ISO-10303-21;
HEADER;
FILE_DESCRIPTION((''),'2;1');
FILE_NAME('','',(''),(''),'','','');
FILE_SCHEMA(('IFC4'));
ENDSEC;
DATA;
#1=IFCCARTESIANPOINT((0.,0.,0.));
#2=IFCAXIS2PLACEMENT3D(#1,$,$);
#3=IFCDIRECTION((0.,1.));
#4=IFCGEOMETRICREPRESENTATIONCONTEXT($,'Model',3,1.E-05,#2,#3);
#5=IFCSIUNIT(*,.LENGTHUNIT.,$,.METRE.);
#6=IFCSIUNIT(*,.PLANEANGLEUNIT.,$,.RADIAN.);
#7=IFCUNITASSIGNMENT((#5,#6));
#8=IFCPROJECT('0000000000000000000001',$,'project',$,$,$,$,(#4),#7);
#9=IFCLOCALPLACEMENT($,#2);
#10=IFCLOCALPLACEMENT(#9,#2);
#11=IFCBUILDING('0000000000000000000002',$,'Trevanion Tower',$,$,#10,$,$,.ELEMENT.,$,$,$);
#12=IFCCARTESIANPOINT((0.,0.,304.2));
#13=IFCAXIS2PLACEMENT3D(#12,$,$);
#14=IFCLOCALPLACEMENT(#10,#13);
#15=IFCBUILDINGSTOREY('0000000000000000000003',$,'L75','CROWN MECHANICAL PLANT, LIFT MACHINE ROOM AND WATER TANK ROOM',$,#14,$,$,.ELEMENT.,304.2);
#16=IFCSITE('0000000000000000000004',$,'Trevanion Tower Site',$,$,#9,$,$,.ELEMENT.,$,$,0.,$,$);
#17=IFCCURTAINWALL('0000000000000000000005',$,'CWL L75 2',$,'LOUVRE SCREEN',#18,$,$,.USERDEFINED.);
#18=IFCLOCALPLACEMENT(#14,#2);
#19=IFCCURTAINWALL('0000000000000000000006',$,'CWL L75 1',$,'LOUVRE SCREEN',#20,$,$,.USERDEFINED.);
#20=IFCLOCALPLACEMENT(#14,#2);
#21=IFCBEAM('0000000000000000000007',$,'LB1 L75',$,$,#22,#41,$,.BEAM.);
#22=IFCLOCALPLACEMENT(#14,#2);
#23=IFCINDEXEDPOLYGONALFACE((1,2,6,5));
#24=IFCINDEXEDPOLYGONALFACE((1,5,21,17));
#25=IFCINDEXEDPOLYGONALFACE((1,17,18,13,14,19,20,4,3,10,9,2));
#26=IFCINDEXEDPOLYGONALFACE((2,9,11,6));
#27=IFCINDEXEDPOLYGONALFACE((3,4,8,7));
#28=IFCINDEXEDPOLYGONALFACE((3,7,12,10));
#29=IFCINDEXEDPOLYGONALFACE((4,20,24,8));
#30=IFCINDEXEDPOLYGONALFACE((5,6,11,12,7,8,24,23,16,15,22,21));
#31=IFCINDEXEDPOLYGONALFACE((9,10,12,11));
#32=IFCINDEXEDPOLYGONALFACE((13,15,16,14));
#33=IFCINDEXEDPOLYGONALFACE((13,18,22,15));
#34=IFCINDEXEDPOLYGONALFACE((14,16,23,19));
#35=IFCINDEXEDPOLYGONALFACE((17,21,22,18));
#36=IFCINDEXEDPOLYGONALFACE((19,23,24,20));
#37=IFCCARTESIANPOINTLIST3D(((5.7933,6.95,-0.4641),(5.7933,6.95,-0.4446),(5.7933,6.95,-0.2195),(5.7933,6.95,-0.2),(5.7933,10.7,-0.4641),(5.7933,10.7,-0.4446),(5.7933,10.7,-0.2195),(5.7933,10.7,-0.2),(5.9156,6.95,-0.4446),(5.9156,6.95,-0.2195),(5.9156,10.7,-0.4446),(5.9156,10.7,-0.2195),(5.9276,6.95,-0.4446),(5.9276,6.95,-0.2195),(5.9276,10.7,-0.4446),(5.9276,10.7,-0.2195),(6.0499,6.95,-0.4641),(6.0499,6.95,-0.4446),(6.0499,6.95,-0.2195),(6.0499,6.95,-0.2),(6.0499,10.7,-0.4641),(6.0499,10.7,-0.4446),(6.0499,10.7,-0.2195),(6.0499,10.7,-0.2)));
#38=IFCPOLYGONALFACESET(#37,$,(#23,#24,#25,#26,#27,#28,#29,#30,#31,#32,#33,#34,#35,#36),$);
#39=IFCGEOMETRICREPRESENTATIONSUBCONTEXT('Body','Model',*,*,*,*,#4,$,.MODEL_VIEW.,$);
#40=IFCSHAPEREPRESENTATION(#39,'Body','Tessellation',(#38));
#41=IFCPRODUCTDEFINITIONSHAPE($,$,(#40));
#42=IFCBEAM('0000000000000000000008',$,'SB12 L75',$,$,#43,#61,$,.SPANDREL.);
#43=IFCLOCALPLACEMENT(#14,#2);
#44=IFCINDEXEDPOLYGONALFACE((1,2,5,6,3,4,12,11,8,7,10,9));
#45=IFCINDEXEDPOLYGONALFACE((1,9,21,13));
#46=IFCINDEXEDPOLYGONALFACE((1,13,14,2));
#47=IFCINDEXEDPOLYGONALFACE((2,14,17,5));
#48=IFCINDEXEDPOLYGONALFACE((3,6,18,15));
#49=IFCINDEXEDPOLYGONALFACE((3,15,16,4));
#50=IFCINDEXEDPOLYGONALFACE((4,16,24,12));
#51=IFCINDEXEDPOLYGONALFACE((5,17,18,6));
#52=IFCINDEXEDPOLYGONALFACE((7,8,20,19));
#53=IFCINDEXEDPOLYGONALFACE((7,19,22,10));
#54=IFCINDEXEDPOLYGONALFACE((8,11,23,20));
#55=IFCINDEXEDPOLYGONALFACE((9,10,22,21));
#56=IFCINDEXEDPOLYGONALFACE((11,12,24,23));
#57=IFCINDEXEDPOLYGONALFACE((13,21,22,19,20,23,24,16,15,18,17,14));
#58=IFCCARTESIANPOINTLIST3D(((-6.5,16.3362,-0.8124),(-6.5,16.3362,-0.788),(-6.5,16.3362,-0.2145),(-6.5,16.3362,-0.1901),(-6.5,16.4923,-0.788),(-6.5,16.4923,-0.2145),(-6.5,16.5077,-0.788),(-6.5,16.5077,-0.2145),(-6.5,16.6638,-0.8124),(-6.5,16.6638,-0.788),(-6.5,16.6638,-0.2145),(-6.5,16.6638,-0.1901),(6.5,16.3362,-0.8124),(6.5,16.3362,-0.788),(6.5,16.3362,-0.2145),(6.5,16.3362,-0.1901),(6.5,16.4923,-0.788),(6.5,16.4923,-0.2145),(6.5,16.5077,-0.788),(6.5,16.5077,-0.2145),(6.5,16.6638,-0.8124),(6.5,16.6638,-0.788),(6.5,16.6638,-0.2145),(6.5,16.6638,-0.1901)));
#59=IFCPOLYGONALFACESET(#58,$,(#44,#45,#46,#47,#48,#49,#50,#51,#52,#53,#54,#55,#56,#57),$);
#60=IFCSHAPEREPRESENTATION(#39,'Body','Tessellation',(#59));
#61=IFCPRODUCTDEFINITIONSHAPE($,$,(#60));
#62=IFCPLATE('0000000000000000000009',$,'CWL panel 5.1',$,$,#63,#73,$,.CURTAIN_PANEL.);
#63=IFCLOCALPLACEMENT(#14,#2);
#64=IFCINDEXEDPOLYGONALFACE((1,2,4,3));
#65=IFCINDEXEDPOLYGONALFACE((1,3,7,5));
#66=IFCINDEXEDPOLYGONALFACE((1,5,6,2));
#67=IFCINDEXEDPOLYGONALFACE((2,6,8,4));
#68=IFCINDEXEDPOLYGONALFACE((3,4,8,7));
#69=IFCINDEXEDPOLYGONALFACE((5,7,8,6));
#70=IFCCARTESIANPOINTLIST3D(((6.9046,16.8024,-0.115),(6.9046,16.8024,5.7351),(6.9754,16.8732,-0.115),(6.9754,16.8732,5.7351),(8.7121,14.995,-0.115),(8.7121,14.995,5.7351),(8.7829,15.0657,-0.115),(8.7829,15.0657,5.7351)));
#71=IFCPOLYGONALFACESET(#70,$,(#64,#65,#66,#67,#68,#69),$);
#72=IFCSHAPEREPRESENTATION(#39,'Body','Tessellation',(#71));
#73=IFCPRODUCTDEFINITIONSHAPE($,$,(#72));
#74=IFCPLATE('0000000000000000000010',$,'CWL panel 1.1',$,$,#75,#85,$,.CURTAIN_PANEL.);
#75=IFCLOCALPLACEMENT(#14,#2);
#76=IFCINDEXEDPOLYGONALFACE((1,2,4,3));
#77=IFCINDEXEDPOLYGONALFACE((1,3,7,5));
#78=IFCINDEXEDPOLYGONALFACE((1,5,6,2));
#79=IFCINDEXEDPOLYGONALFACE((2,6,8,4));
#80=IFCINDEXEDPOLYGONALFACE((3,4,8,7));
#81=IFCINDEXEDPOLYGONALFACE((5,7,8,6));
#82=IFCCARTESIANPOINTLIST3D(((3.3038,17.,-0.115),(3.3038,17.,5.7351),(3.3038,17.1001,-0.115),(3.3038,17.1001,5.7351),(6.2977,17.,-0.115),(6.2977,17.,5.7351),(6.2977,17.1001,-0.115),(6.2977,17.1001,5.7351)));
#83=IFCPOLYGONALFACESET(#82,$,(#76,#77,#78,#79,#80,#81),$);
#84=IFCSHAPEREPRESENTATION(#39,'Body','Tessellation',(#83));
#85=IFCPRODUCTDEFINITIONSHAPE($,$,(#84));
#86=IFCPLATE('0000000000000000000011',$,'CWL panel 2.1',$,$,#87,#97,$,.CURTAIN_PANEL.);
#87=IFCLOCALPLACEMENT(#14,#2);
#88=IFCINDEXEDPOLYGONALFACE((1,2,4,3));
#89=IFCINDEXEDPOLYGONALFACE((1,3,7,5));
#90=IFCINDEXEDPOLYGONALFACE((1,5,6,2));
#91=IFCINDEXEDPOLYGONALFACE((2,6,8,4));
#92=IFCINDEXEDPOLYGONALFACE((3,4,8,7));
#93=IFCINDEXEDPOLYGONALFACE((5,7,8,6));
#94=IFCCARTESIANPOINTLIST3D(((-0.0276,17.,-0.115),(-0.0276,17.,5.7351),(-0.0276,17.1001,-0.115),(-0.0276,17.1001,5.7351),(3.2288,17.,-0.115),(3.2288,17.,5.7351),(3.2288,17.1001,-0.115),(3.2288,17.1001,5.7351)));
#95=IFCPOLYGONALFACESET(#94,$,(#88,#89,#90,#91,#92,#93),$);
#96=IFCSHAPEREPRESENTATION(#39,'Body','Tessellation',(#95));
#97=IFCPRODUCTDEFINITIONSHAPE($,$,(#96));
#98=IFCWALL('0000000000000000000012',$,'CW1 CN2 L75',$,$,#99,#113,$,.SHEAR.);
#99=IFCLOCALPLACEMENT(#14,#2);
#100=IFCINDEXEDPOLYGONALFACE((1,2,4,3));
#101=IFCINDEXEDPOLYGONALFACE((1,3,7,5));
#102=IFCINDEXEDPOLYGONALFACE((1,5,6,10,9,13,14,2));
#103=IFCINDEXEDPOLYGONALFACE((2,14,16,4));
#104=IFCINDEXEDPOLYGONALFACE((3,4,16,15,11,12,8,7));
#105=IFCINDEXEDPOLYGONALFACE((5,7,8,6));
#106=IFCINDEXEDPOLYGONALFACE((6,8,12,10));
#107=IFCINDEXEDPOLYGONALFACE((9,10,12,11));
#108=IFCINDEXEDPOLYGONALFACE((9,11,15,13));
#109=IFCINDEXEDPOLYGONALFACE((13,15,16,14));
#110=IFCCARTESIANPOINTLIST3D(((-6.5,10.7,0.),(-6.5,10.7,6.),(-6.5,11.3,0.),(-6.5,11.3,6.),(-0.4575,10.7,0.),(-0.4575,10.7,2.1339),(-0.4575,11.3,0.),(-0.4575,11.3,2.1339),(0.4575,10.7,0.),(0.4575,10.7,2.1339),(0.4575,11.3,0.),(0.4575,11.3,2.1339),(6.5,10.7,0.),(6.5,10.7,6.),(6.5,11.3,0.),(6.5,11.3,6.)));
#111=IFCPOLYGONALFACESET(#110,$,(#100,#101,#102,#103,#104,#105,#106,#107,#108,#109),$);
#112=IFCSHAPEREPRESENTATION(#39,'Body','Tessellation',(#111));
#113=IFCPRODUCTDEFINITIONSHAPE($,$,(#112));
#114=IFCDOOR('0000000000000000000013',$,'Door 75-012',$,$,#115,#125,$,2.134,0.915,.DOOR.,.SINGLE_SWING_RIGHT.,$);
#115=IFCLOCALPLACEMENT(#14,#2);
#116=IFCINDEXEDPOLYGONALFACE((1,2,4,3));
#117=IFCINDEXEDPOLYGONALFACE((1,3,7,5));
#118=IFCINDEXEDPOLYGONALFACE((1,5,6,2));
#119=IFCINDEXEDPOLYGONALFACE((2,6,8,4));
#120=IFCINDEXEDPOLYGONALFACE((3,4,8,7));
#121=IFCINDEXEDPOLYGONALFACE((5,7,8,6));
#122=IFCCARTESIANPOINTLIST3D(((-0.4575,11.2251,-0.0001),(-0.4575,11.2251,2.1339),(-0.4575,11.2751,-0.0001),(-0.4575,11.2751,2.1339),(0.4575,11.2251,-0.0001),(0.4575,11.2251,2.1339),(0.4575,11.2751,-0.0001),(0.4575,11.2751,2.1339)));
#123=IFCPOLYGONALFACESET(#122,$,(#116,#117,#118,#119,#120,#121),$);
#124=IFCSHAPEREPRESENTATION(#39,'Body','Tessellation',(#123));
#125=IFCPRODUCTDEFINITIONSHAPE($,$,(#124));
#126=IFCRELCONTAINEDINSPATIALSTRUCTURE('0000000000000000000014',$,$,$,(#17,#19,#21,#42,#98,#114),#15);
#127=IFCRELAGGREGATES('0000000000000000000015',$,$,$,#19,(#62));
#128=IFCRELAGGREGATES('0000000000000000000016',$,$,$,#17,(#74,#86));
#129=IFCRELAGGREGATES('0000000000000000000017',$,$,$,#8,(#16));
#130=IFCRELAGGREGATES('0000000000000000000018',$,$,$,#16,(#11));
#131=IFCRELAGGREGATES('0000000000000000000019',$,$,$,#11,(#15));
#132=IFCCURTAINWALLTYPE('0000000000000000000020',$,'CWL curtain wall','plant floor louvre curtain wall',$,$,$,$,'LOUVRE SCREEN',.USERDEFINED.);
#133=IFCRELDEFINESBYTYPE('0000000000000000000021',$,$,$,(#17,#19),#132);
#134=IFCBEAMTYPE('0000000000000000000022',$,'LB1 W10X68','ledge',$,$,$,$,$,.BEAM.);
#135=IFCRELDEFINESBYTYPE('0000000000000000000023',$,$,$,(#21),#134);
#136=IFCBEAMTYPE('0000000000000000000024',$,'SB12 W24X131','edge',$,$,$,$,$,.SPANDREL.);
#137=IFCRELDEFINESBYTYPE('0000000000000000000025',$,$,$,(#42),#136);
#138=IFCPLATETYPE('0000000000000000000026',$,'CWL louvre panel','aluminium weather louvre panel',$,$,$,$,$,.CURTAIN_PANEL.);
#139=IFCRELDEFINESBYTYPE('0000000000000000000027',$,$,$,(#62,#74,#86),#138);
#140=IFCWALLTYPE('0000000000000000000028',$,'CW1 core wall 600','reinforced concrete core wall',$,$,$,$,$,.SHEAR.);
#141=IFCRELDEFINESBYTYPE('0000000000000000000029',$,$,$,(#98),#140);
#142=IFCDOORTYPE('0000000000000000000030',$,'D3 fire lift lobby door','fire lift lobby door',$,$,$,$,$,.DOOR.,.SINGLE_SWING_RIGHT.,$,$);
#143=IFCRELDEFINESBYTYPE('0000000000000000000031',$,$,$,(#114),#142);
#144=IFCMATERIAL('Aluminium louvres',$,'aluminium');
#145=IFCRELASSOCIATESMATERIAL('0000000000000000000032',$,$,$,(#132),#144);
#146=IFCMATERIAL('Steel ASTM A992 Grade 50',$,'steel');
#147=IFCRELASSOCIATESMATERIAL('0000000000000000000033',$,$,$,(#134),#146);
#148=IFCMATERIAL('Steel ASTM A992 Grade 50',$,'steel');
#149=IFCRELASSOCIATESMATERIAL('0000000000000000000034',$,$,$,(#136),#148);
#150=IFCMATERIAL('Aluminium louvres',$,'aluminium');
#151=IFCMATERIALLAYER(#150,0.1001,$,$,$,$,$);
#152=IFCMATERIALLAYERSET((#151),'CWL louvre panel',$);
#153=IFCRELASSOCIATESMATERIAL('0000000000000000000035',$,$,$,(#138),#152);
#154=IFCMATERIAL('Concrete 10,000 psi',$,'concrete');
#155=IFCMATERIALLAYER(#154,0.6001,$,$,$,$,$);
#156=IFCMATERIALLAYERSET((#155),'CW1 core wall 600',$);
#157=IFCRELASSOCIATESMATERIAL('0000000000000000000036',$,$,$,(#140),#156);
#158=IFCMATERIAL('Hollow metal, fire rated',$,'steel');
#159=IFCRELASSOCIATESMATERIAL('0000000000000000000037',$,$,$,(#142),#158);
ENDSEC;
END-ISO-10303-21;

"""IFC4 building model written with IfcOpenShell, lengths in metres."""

from ifc_helpers import new_model, si_unit, direction, frame, frame_2d, origin, origin_2d, place, context, subcontext, project, spatial, rectangle, i_section, extrude, material, layer, layer_set, material_profile, profile_set, type_object, element, fill, aggregate, save


model = new_model("IFC4")

# Units and contexts
model_context = context("Model", 3, precision=1e-05, world=origin(), true_north=direction((0.0, 1.0)))
body_context = subcontext(model_context, "Body", "Model", "MODEL_VIEW")
ifc_project = project(units=[si_unit("LENGTHUNIT", "METRE"), si_unit("PLANEANGLEUNIT", "RADIAN")], contexts=[model_context])

# Site, building, storey
site_placement = place(None, origin())
site = spatial("IfcSite", under=ifc_project, at=site_placement, Name="Trevanion Tower Site", CompositionType="ELEMENT", RefElevation=0.0)
building_placement = place(site_placement, origin())
building = spatial("IfcBuilding", under=site, at=building_placement, Name="Trevanion Tower", CompositionType="ELEMENT")
storey_placement = place(building_placement, frame((0.0, 0.0, 304.2)))
storey = spatial("IfcBuildingStorey", under=building, at=storey_placement, Name="L75", Description="CROWN MECHANICAL PLANT, LIFT MACHINE ROOM AND WATER TANK ROOM", CompositionType="ELEMENT", Elevation=304.2)

# Curtain walls
ifc_material_1 = material(Name="Aluminium louvres", Category="aluminium")
curtain_wall_type = type_object("IfcCurtainWallType", Name="CWL curtain wall", Description="plant floor louvre curtain wall", ElementType="LOUVRE SCREEN", PredefinedType="USERDEFINED", material=ifc_material_1)
curtain_wall_1_placement = place(storey_placement, origin())
curtain_wall_1 = element("IfcCurtainWall", 1, at=curtain_wall_1_placement, inside=storey, type_object=curtain_wall_type, Name="CWL L75 2", ObjectType="LOUVRE SCREEN", PredefinedType="USERDEFINED")
curtain_wall_2_placement = place(storey_placement, origin())
curtain_wall_2 = element("IfcCurtainWall", 2, at=curtain_wall_2_placement, inside=storey, type_object=curtain_wall_type, Name="CWL L75 1", ObjectType="LOUVRE SCREEN", PredefinedType="USERDEFINED")

# Beams
ifc_material_2 = material(Name="Steel ASTM A992 Grade 50", Category="steel")
ifc_material_profile_1 = material_profile(ifc_material_2, i_section(OverallWidth=0.2566, OverallDepth=0.2642, WebThickness=0.012, FlangeThickness=0.0195, at=origin_2d()), Name="W10X68")
ifc_profile_set_1 = profile_set([ifc_material_profile_1], Name="Steel ASTM A992 Grade 50")
beam_type_1 = type_object("IfcBeamType", Name="LB1 W10X68", Description="ledge", PredefinedType="BEAM", material=ifc_profile_set_1)
beam_1_placement = place(storey_placement, frame((5.9216, 6.95, -0.332), z_axis=(0.0, 1.0, 0.0), x_axis=(-1.0, 0.0, 0.0)))
element("IfcBeam", 3, at=beam_1_placement, inside=storey, type_object=beam_type_1, Name="LB1 L75", PredefinedType="BEAM", context=body_context, shape_type="SweptSolid", body=[
    extrude(i_section(OverallWidth=0.2566, OverallDepth=0.2642, WebThickness=0.012, FlangeThickness=0.0195, at=origin_2d()), origin(), (0.0, 0.0, 1.0), 3.75),
])
ifc_material_3 = material(Name="Steel ASTM A992 Grade 50", Category="steel")
ifc_material_profile_2 = material_profile(ifc_material_3, i_section(OverallWidth=0.3276, OverallDepth=0.6223, WebThickness=0.0154, FlangeThickness=0.0244, at=origin_2d()), Name="W24X131")
ifc_profile_set_2 = profile_set([ifc_material_profile_2], Name="Steel ASTM A992 Grade 50")
beam_type_2 = type_object("IfcBeamType", Name="SB12 W24X131", Description="edge", PredefinedType="SPANDREL", material=ifc_profile_set_2)
beam_2_placement = place(storey_placement, frame((6.5, 16.5, -0.5012), z_axis=(-1.0, 0.0, 0.0), x_axis=(0.0, -1.0, 0.0)))
element("IfcBeam", 4, at=beam_2_placement, inside=storey, type_object=beam_type_2, Name="SB12 L75", PredefinedType="SPANDREL", context=body_context, shape_type="SweptSolid", body=[
    extrude(i_section(OverallWidth=0.3276, OverallDepth=0.6223, WebThickness=0.0154, FlangeThickness=0.0244, at=origin_2d()), origin(), (0.0, 0.0, 1.0), 13.0),
])

# Plates
ifc_material_4 = material(Name="Aluminium louvres", Category="aluminium")
ifc_layer_1 = layer(ifc_material_4, 0.1001)
ifc_layer_set_1 = layer_set([ifc_layer_1], Name="CWL louvre panel")
plate_type = type_object("IfcPlateType", Name="CWL louvre panel", Description="aluminium weather louvre panel", PredefinedType="CURTAIN_PANEL", material=ifc_layer_set_1)
plate_1_placement = place(storey_placement, frame((7.8438, 15.9341, -0.115), z_axis=(0.0, 0.0, 1.0), x_axis=(-0.707107, 0.707107, 0.0)))
plate_1 = element("IfcPlate", 5, at=plate_1_placement, type_object=plate_type, Name="CWL panel 5.1", PredefinedType="CURTAIN_PANEL", context=body_context, shape_type="SweptSolid", body=[
    extrude(rectangle(XDim=2.5562, YDim=0.1001, at=origin_2d()), origin(), (0.0, 0.0, 1.0), 5.8501),
])
aggregate(curtain_wall_2, [plate_1])
plate_2_placement = place(storey_placement, frame((4.8008, 17.05, -0.115), z_axis=(0.0, 0.0, 1.0), x_axis=(-1.0, 0.0, 0.0)))
plate_2 = element("IfcPlate", 6, at=plate_2_placement, type_object=plate_type, Name="CWL panel 1.1", PredefinedType="CURTAIN_PANEL", context=body_context, shape_type="SweptSolid", body=[
    extrude(rectangle(XDim=2.9939, YDim=0.1001, at=origin_2d()), origin(), (0.0, 0.0, 1.0), 5.8501),
])
plate_3_placement = place(storey_placement, frame((1.6006, 17.05, -0.115), z_axis=(0.0, 0.0, 1.0), x_axis=(-1.0, 0.0, 0.0)))
plate_3 = element("IfcPlate", 7, at=plate_3_placement, type_object=plate_type, Name="CWL panel 2.1", PredefinedType="CURTAIN_PANEL", context=body_context, shape_type="SweptSolid", body=[
    extrude(rectangle(XDim=3.2563, YDim=0.1001, at=origin_2d()), origin(), (0.0, 0.0, 1.0), 5.8501),
])
aggregate(curtain_wall_1, [plate_2, plate_3])

# Wall, opening, door
ifc_material_5 = material(Name="Concrete 10,000 psi", Category="concrete")
ifc_layer_2 = layer(ifc_material_5, 0.6001)
ifc_layer_set_2 = layer_set([ifc_layer_2], Name="CW1 core wall 600")
wall_type_1 = type_object("IfcWallType", Name="CW1 core wall 600", Description="reinforced concrete core wall", PredefinedType="SHEAR", material=ifc_layer_set_2)
wall_1_placement = place(storey_placement, frame((6.5, 11.0, 0.0), z_axis=(0.0, 0.0, 1.0), x_axis=(-1.0, 0.0, 0.0)))
wall_1 = element("IfcWall", 8, at=wall_1_placement, inside=storey, type_object=wall_type_1, Name="CW1 CN2 L75", PredefinedType="SHEAR", context=body_context, shape_type="SweptSolid", body=[
    extrude(rectangle(XDim=13.0, YDim=0.6001, at=frame_2d((6.5, 0.0))), origin(), (0.0, 0.0, 1.0), 6.0),
])
opening_1_placement = place(wall_1_placement, frame((6.0425, 0.0, 0.0)))
opening_1 = element("IfcOpeningElement", 9, at=opening_1_placement, cuts=wall_1, PredefinedType="OPENING", context=body_context, shape_type="SweptSolid", body=[
    extrude(rectangle(XDim=0.915, YDim=2.134, at=frame_2d((0.4575, 1.0669))), frame((0.0, 0.3101, 0.0), z_axis=(0.0, -1.0, 0.0), x_axis=(1.0, 0.0, 0.0)), (0.0, 0.0, 1.0), 0.6201),
])
ifc_material_6 = material(Name="Hollow metal, fire rated", Category="steel")
door_type_1 = type_object("IfcDoorType", Name="D3 fire lift lobby door", Description="fire lift lobby door", OperationType="SINGLE_SWING_RIGHT", PredefinedType="DOOR", material=ifc_material_6)
door_1_placement = place(opening_1_placement, origin())
door_1 = element("IfcDoor", 10, at=door_1_placement, inside=storey, type_object=door_type_1, Name="Door 75-012", OperationType="SINGLE_SWING_RIGHT", OverallHeight=2.134, OverallWidth=0.915, PredefinedType="DOOR", context=body_context, shape_type="SweptSolid", body=[
    extrude(rectangle(XDim=0.915, YDim=2.134, at=frame_2d((0.4575, 1.0669))), frame((0.0, -0.2251, 0.0), z_axis=(0.0, -1.0, 0.0), x_axis=(1.0, 0.0, 0.0)), (0.0, 0.0, 1.0), 0.05),
])
fill(opening_1, door_1)

save(model, "model.ifc")
